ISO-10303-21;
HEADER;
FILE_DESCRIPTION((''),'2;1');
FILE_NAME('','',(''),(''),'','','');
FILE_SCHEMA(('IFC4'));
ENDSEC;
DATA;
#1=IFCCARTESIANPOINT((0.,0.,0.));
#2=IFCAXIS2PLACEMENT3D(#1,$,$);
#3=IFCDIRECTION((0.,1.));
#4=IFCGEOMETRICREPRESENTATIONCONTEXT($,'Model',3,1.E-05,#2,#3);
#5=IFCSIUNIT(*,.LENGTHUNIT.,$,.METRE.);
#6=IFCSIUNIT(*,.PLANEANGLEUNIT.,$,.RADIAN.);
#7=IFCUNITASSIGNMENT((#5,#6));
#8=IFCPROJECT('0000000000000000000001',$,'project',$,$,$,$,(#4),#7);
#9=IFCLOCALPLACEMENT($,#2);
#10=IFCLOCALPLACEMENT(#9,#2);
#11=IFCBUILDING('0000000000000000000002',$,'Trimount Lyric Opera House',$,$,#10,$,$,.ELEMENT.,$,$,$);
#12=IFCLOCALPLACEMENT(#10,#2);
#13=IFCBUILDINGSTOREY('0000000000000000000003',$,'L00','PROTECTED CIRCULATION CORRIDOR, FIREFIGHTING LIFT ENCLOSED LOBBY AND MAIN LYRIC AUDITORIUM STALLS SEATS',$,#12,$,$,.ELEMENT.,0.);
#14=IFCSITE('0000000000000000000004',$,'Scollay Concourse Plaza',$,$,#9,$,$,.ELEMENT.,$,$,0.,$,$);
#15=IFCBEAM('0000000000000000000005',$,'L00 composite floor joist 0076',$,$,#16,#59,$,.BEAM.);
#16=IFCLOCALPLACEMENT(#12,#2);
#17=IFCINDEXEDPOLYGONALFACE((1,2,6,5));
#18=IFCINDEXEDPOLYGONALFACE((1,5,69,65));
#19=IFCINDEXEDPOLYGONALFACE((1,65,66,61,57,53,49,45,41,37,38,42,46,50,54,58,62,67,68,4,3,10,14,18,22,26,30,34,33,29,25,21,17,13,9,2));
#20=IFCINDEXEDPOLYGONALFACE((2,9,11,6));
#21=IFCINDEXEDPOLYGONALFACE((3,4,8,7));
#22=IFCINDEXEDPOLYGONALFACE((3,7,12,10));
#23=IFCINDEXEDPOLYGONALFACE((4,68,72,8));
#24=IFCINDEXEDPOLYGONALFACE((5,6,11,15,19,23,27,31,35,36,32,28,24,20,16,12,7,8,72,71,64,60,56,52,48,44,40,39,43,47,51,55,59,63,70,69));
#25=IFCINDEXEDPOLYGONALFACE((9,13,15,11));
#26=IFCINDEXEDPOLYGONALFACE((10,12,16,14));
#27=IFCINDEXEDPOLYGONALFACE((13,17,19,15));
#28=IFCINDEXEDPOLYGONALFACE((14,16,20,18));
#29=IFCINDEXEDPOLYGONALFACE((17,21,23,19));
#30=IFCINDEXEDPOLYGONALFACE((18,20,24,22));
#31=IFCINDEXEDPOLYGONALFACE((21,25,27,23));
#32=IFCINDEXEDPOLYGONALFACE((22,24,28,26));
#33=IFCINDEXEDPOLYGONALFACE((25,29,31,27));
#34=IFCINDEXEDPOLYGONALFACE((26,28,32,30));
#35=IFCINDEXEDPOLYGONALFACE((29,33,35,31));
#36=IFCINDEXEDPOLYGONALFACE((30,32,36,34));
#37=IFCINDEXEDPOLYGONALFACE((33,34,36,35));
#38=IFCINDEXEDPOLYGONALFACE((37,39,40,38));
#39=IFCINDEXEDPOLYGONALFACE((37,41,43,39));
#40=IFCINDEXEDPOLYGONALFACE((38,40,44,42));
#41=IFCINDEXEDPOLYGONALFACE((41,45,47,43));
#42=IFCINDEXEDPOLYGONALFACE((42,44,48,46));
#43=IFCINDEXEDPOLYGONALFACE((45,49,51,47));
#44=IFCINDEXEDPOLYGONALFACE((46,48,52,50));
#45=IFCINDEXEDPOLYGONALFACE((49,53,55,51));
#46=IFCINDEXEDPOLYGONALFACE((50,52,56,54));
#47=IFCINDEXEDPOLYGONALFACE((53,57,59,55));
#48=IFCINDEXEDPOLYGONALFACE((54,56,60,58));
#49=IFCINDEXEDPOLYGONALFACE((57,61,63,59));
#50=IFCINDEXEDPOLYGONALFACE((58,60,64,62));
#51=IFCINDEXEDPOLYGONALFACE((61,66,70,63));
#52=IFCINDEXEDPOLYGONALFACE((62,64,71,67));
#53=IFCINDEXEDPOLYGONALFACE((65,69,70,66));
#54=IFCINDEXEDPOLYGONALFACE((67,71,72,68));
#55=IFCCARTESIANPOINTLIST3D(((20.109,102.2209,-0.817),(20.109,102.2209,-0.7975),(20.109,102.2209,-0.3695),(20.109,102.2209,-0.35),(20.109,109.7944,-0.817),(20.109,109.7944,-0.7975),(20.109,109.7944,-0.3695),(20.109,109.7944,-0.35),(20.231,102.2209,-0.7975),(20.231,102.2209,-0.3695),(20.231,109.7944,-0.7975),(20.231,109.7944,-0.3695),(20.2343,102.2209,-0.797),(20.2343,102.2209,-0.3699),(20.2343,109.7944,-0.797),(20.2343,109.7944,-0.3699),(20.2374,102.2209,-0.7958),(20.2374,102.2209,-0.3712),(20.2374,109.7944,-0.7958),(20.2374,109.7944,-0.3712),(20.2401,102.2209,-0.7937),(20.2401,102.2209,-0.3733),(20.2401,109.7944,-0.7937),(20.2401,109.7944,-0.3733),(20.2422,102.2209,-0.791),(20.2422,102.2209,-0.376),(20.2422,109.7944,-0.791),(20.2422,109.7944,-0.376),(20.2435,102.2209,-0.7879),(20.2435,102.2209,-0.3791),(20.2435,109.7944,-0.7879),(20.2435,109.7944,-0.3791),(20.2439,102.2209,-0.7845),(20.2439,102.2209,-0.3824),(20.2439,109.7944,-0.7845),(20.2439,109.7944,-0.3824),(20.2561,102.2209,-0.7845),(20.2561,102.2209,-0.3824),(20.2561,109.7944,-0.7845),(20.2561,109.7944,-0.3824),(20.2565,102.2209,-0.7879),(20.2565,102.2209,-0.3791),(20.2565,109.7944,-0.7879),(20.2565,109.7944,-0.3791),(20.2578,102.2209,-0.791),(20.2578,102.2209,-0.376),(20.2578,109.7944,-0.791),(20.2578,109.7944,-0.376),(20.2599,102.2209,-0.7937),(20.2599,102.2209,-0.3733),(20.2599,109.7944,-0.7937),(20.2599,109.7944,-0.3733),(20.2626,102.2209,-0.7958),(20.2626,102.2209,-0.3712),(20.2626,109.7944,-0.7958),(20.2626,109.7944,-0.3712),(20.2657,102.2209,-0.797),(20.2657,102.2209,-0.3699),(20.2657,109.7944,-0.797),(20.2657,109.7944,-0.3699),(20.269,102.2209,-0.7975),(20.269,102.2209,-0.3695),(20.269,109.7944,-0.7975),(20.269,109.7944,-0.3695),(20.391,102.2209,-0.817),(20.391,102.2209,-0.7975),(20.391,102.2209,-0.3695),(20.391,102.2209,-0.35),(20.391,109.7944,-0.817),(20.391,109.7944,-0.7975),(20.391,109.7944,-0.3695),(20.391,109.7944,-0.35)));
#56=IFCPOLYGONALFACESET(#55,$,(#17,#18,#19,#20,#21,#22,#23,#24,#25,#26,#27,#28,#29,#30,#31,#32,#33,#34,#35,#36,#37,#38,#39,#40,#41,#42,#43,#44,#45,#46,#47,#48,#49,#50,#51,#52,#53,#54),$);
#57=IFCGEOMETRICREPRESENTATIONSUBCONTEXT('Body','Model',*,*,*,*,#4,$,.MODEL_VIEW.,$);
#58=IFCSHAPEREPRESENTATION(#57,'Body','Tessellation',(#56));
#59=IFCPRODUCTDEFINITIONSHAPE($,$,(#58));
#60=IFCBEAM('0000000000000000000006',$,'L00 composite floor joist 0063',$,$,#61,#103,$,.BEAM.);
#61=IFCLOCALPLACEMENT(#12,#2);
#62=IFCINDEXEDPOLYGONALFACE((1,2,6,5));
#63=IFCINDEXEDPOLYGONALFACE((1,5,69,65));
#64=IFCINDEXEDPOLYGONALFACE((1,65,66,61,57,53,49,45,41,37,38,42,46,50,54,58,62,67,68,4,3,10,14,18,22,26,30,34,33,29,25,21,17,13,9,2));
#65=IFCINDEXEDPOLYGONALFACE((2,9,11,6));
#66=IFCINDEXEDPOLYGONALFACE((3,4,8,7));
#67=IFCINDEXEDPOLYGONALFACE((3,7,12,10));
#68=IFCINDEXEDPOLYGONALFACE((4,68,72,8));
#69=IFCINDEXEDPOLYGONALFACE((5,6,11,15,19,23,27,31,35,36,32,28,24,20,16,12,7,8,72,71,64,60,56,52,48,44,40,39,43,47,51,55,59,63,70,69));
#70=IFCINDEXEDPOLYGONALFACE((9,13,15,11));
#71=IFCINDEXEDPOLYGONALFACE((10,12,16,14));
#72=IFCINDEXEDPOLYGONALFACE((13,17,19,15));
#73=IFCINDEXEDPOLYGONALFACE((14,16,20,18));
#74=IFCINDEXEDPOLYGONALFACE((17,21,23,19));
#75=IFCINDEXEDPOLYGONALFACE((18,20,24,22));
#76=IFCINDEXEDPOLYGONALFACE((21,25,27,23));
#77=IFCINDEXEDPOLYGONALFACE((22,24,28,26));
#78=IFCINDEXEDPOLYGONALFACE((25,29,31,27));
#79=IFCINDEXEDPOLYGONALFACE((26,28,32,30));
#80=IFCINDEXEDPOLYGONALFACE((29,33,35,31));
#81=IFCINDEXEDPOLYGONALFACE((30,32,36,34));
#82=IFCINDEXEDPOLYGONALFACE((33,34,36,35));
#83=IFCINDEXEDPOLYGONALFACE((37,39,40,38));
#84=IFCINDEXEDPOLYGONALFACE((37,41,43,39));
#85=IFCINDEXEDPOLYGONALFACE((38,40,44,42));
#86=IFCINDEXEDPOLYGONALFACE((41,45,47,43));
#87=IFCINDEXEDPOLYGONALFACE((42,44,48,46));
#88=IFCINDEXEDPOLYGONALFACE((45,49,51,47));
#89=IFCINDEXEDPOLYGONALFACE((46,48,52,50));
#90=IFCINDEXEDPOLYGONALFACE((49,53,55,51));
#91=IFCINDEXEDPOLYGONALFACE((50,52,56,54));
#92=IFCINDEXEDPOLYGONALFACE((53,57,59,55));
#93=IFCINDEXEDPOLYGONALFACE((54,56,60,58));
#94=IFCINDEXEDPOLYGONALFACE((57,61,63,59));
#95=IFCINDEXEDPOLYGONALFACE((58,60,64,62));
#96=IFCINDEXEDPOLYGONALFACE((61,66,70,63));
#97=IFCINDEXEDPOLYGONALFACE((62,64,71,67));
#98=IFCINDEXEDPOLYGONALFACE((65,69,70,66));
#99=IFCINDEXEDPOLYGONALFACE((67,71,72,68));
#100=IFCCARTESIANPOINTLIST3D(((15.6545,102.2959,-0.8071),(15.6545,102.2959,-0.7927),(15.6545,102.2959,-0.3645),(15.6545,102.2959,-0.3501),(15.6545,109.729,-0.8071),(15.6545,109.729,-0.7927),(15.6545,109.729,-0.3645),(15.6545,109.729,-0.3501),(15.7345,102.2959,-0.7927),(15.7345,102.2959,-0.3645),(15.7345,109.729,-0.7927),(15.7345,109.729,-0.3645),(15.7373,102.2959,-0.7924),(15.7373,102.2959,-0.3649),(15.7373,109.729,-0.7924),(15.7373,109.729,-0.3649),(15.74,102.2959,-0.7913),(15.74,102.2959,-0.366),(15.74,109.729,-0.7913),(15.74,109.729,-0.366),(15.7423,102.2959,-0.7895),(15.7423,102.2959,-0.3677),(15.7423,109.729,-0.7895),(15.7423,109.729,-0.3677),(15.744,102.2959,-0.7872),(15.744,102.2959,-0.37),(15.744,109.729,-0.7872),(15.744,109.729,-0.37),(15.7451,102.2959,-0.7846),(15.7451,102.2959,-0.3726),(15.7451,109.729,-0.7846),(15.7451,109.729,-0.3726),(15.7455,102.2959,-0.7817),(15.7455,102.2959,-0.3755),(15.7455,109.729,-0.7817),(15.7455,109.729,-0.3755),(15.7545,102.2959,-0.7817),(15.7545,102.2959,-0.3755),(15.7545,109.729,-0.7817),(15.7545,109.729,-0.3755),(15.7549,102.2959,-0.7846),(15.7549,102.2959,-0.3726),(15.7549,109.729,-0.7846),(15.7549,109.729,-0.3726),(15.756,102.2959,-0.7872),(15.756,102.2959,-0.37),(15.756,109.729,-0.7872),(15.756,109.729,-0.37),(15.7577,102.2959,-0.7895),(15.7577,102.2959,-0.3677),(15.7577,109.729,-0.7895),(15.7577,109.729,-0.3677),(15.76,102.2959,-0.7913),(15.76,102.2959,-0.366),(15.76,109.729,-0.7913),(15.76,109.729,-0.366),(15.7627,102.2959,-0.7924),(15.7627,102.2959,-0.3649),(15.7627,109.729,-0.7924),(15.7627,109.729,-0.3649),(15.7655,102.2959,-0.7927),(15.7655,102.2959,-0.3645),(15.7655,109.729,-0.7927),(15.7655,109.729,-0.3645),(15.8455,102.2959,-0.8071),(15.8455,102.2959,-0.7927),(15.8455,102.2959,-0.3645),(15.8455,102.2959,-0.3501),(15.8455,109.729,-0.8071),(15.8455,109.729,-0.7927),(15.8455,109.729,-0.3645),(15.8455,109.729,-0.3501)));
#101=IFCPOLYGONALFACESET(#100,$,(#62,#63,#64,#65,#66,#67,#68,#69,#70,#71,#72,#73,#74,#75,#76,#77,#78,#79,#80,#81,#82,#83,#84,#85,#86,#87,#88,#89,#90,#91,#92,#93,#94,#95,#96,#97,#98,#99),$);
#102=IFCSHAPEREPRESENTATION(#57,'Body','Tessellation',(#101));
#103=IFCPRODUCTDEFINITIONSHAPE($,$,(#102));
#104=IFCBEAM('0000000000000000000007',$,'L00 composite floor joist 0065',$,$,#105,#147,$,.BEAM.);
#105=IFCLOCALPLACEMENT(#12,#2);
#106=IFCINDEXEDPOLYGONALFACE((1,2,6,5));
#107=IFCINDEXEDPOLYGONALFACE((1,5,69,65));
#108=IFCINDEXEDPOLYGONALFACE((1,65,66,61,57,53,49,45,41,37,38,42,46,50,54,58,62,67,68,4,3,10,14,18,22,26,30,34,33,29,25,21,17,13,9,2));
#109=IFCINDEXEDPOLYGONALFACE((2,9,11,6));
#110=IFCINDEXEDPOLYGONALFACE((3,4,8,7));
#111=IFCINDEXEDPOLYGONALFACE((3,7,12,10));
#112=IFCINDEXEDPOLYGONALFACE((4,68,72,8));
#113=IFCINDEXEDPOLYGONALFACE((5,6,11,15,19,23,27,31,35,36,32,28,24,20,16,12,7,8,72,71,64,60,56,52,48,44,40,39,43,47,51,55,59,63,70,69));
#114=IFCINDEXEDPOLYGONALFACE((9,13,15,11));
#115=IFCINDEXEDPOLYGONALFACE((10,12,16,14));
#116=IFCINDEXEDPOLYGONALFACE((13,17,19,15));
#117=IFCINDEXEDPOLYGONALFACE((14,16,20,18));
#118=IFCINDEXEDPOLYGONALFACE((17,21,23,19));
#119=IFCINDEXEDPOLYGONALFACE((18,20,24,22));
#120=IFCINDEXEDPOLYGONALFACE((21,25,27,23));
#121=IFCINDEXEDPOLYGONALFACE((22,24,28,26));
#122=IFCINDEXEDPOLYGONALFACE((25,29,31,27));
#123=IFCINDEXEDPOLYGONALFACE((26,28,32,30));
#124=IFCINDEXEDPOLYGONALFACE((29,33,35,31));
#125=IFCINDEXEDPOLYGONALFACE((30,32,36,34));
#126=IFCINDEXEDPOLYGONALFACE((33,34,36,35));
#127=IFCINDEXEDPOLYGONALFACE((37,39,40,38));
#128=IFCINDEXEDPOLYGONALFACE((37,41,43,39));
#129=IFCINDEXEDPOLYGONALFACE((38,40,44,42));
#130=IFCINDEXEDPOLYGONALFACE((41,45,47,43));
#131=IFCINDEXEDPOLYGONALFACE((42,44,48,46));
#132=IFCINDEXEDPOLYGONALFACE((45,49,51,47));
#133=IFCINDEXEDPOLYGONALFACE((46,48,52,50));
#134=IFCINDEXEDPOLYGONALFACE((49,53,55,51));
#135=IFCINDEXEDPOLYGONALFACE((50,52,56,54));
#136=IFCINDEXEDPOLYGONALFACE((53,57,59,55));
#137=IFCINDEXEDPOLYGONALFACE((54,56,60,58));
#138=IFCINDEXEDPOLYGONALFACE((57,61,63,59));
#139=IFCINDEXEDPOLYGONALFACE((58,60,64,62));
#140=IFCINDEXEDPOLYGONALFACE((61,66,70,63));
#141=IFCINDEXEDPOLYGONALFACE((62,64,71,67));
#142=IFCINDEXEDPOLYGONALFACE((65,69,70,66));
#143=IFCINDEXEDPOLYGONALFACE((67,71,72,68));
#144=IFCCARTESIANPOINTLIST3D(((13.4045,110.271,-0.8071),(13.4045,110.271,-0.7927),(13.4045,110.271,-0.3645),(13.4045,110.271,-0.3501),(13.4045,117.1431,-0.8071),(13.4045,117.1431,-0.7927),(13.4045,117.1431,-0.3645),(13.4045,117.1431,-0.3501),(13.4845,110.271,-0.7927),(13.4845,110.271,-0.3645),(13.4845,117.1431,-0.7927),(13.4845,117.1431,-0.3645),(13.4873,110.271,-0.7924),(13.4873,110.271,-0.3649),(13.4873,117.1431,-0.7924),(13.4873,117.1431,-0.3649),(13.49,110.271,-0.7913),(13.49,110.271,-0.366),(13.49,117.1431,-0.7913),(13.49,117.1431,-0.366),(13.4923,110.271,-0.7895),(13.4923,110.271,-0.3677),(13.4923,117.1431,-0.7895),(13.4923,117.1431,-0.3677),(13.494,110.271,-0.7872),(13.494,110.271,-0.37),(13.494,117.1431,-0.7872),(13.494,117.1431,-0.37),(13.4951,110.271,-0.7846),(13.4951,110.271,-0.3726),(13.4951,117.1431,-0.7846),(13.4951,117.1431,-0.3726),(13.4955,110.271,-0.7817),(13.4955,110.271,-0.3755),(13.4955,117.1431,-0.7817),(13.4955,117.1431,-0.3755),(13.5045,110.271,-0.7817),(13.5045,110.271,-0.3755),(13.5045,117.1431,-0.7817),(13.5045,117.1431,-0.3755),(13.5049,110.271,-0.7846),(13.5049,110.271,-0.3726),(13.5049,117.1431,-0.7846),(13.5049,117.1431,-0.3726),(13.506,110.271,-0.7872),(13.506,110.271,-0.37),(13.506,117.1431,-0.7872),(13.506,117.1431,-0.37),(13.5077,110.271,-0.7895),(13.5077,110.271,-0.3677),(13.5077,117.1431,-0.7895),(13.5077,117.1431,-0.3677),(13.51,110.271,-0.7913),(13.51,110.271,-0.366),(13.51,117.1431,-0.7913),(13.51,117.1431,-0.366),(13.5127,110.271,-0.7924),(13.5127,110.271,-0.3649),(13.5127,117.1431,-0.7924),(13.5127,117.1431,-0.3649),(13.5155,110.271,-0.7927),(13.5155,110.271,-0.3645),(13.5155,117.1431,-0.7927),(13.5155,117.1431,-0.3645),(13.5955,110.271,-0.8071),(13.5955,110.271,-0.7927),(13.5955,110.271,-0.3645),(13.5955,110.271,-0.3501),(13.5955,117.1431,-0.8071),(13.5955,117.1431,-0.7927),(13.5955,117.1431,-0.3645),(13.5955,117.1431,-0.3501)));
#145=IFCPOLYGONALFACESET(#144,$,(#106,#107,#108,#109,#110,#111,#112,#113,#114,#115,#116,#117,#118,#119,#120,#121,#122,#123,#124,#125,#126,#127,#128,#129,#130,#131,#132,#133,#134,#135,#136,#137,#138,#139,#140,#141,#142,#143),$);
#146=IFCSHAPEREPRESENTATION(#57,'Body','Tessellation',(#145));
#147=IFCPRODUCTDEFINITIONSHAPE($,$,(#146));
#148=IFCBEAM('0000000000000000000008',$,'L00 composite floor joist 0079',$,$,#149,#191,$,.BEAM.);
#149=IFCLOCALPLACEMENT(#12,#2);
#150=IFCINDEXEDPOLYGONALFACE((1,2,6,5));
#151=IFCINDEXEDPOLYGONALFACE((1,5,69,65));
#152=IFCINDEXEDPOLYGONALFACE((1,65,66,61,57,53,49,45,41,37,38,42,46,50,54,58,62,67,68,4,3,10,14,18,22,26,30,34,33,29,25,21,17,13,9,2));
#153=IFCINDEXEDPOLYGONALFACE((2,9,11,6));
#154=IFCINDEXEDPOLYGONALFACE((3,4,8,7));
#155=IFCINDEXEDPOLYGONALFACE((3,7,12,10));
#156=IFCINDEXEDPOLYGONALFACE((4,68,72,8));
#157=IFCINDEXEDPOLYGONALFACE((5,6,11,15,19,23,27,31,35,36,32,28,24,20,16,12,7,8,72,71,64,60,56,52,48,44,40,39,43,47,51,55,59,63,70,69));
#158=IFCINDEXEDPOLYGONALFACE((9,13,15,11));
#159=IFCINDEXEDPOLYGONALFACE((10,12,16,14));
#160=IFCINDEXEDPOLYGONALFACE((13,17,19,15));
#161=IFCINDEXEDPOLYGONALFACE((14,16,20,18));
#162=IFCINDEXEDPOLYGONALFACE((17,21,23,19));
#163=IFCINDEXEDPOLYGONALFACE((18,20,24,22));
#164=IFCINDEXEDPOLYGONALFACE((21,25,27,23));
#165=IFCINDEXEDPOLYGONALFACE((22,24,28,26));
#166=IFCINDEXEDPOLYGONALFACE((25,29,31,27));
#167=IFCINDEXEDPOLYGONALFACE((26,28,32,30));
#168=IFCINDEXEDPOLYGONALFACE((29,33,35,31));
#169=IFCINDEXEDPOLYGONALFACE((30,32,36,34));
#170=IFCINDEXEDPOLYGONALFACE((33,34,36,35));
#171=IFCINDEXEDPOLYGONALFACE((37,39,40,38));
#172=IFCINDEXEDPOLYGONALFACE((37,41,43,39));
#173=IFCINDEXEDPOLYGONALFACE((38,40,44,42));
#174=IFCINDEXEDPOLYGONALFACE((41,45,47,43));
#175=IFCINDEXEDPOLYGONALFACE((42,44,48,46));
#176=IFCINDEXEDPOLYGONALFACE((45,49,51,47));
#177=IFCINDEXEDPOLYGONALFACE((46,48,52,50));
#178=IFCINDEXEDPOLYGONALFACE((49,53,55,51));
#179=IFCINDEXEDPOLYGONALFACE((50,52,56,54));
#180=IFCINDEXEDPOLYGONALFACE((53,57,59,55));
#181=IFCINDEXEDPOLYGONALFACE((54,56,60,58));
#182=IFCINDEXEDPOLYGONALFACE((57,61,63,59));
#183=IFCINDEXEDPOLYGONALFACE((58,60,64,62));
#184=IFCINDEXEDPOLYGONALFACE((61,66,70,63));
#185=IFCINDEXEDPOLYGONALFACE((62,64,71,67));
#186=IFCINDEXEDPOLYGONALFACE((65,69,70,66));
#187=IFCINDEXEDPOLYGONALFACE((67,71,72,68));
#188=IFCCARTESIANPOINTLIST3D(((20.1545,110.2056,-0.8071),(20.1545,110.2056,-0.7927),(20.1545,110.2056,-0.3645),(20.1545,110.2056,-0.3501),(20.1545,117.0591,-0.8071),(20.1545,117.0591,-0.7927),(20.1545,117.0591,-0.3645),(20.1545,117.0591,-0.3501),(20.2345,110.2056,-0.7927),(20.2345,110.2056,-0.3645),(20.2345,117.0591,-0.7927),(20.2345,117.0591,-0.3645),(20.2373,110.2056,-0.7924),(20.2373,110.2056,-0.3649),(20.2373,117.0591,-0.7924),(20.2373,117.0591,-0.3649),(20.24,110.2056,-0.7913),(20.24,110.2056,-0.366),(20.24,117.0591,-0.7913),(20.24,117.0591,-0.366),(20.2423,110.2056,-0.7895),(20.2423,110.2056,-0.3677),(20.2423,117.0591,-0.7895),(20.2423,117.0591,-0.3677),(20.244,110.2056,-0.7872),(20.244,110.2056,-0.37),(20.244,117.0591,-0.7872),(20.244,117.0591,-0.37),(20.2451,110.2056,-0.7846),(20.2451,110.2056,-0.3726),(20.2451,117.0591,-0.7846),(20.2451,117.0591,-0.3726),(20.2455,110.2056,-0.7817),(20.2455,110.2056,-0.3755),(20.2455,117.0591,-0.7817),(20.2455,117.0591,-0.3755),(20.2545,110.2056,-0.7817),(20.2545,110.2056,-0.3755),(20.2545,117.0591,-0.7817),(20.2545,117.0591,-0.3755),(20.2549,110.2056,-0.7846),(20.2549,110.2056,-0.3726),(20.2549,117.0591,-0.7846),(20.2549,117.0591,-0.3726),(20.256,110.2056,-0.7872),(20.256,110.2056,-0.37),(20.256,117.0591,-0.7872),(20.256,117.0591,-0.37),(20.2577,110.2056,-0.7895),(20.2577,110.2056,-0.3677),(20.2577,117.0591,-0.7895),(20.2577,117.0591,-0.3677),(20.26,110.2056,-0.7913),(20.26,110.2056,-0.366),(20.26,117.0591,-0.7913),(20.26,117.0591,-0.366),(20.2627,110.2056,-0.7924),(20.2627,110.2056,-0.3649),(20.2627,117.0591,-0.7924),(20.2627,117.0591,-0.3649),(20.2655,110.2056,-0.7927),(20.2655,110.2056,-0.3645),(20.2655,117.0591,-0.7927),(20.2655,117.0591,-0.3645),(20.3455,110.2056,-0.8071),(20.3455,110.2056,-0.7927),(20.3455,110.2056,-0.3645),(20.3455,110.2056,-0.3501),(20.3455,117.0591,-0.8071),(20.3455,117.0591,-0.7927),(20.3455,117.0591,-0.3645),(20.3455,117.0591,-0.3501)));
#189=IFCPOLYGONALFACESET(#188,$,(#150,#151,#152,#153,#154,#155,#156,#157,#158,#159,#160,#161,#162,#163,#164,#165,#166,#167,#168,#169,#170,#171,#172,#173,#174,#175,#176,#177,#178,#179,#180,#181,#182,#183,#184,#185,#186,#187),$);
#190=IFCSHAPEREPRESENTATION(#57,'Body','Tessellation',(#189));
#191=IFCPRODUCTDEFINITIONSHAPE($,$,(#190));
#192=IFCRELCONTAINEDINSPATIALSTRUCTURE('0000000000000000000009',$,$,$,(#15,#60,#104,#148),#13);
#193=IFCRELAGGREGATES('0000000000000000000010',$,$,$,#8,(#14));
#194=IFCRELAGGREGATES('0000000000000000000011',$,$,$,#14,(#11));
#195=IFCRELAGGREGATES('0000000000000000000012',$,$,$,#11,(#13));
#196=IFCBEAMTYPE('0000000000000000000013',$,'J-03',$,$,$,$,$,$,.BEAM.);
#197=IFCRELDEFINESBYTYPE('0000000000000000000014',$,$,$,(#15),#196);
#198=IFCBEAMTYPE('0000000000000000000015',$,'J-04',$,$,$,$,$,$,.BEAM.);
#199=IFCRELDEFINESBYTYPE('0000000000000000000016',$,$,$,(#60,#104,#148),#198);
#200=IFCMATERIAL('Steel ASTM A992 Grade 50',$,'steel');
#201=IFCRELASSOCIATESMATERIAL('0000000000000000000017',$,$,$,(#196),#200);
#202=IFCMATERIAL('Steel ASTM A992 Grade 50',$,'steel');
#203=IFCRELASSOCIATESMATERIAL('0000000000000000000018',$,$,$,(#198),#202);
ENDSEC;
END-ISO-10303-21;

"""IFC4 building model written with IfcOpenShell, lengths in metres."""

from ifc_helpers import new_model, si_unit, direction, frame, origin, origin_2d, place, context, subcontext, project, spatial, i_section, extrude, material, material_profile, profile_set, type_object, element, save


model = new_model("IFC4")

# Units and contexts
model_context = context("Model", 3, precision=1e-05, world=origin(), true_north=direction((0.0, 1.0)))
body_context = subcontext(model_context, "Body", "Model", "MODEL_VIEW")
ifc_project = project(units=[si_unit("LENGTHUNIT", "METRE"), si_unit("PLANEANGLEUNIT", "RADIAN")], contexts=[model_context])

# Site, building, storey
site_placement = place(None, origin())
site = spatial("IfcSite", under=ifc_project, at=site_placement, Name="Scollay Concourse Plaza", CompositionType="ELEMENT", RefElevation=0.0)
building_placement = place(site_placement, origin())
building = spatial("IfcBuilding", under=site, at=building_placement, Name="Trimount Lyric Opera House", CompositionType="ELEMENT")
storey_placement = place(building_placement, origin())
storey = spatial("IfcBuildingStorey", under=building, at=storey_placement, Name="L00", Description="PROTECTED CIRCULATION CORRIDOR, FIREFIGHTING LIFT ENCLOSED LOBBY AND MAIN LYRIC AUDITORIUM STALLS SEATS", CompositionType="ELEMENT", Elevation=0.0)

# Beams
ifc_material_1 = material(Name="Steel ASTM A992 Grade 50", Category="steel")
ifc_material_profile_1 = material_profile(ifc_material_1, i_section(OverallWidth=0.282, OverallDepth=0.467, WebThickness=0.0122, FlangeThickness=0.0195, FilletRadius=0.0129, at=origin_2d()), Name="W18X86")
ifc_profile_set_1 = profile_set([ifc_material_profile_1], Name="Steel ASTM A992 Grade 50")
beam_type_1 = type_object("IfcBeamType", Name="J-03", PredefinedType="BEAM", material=ifc_profile_set_1)
beam_1_placement = place(storey_placement, frame((20.25, 102.2209, -0.5835), z_axis=(0.0, 1.0, 0.0), x_axis=(-1.0, 0.0, 0.0)))
element("IfcBeam", 1, at=beam_1_placement, inside=storey, type_object=beam_type_1, Name="L00 composite floor joist 0076", PredefinedType="BEAM", context=body_context, shape_type="SweptSolid", body=[
    extrude(i_section(OverallWidth=0.282, OverallDepth=0.467, WebThickness=0.0122, FlangeThickness=0.0195, FilletRadius=0.0129, at=origin_2d()), origin(), (0.0, 0.0, 1.0), 7.5735),
])
ifc_material_2 = material(Name="Steel ASTM A992 Grade 50", Category="steel")
ifc_material_profile_2 = material_profile(ifc_material_2, i_section(OverallWidth=0.1909, OverallDepth=0.457, WebThickness=0.009, FlangeThickness=0.0144, FilletRadius=0.011, at=origin_2d()), Name="W18X50")
ifc_profile_set_2 = profile_set([ifc_material_profile_2], Name="Steel ASTM A992 Grade 50")
beam_type_2 = type_object("IfcBeamType", Name="J-04", PredefinedType="BEAM", material=ifc_profile_set_2)
beam_2_placement = place(storey_placement, frame((15.75, 102.2959, -0.5786), z_axis=(0.0, 1.0, 0.0), x_axis=(-1.0, 0.0, 0.0)))
element("IfcBeam", 2, at=beam_2_placement, inside=storey, type_object=beam_type_2, Name="L00 composite floor joist 0063", PredefinedType="BEAM", context=body_context, shape_type="SweptSolid", body=[
    extrude(i_section(OverallWidth=0.1909, OverallDepth=0.457, WebThickness=0.009, FlangeThickness=0.0144, FilletRadius=0.011, at=origin_2d()), origin(), (0.0, 0.0, 1.0), 7.4331),
])
beam_3_placement = place(storey_placement, frame((13.5, 110.271, -0.5786), z_axis=(0.0, 1.0, 0.0), x_axis=(-1.0, 0.0, 0.0)))
element("IfcBeam", 3, at=beam_3_placement, inside=storey, type_object=beam_type_2, Name="L00 composite floor joist 0065", PredefinedType="BEAM", context=body_context, shape_type="SweptSolid", body=[
    extrude(i_section(OverallWidth=0.1909, OverallDepth=0.457, WebThickness=0.009, FlangeThickness=0.0144, FilletRadius=0.011, at=origin_2d()), origin(), (0.0, 0.0, 1.0), 6.8721),
])
beam_4_placement = place(storey_placement, frame((20.25, 110.2056, -0.5786), z_axis=(0.0, 1.0, 0.0), x_axis=(-1.0, 0.0, 0.0)))
element("IfcBeam", 4, at=beam_4_placement, inside=storey, type_object=beam_type_2, Name="L00 composite floor joist 0079", PredefinedType="BEAM", context=body_context, shape_type="SweptSolid", body=[
    extrude(i_section(OverallWidth=0.1909, OverallDepth=0.457, WebThickness=0.009, FlangeThickness=0.0144, FilletRadius=0.011, at=origin_2d()), origin(), (0.0, 0.0, 1.0), 6.8535),
])

save(model, "model.ifc")
